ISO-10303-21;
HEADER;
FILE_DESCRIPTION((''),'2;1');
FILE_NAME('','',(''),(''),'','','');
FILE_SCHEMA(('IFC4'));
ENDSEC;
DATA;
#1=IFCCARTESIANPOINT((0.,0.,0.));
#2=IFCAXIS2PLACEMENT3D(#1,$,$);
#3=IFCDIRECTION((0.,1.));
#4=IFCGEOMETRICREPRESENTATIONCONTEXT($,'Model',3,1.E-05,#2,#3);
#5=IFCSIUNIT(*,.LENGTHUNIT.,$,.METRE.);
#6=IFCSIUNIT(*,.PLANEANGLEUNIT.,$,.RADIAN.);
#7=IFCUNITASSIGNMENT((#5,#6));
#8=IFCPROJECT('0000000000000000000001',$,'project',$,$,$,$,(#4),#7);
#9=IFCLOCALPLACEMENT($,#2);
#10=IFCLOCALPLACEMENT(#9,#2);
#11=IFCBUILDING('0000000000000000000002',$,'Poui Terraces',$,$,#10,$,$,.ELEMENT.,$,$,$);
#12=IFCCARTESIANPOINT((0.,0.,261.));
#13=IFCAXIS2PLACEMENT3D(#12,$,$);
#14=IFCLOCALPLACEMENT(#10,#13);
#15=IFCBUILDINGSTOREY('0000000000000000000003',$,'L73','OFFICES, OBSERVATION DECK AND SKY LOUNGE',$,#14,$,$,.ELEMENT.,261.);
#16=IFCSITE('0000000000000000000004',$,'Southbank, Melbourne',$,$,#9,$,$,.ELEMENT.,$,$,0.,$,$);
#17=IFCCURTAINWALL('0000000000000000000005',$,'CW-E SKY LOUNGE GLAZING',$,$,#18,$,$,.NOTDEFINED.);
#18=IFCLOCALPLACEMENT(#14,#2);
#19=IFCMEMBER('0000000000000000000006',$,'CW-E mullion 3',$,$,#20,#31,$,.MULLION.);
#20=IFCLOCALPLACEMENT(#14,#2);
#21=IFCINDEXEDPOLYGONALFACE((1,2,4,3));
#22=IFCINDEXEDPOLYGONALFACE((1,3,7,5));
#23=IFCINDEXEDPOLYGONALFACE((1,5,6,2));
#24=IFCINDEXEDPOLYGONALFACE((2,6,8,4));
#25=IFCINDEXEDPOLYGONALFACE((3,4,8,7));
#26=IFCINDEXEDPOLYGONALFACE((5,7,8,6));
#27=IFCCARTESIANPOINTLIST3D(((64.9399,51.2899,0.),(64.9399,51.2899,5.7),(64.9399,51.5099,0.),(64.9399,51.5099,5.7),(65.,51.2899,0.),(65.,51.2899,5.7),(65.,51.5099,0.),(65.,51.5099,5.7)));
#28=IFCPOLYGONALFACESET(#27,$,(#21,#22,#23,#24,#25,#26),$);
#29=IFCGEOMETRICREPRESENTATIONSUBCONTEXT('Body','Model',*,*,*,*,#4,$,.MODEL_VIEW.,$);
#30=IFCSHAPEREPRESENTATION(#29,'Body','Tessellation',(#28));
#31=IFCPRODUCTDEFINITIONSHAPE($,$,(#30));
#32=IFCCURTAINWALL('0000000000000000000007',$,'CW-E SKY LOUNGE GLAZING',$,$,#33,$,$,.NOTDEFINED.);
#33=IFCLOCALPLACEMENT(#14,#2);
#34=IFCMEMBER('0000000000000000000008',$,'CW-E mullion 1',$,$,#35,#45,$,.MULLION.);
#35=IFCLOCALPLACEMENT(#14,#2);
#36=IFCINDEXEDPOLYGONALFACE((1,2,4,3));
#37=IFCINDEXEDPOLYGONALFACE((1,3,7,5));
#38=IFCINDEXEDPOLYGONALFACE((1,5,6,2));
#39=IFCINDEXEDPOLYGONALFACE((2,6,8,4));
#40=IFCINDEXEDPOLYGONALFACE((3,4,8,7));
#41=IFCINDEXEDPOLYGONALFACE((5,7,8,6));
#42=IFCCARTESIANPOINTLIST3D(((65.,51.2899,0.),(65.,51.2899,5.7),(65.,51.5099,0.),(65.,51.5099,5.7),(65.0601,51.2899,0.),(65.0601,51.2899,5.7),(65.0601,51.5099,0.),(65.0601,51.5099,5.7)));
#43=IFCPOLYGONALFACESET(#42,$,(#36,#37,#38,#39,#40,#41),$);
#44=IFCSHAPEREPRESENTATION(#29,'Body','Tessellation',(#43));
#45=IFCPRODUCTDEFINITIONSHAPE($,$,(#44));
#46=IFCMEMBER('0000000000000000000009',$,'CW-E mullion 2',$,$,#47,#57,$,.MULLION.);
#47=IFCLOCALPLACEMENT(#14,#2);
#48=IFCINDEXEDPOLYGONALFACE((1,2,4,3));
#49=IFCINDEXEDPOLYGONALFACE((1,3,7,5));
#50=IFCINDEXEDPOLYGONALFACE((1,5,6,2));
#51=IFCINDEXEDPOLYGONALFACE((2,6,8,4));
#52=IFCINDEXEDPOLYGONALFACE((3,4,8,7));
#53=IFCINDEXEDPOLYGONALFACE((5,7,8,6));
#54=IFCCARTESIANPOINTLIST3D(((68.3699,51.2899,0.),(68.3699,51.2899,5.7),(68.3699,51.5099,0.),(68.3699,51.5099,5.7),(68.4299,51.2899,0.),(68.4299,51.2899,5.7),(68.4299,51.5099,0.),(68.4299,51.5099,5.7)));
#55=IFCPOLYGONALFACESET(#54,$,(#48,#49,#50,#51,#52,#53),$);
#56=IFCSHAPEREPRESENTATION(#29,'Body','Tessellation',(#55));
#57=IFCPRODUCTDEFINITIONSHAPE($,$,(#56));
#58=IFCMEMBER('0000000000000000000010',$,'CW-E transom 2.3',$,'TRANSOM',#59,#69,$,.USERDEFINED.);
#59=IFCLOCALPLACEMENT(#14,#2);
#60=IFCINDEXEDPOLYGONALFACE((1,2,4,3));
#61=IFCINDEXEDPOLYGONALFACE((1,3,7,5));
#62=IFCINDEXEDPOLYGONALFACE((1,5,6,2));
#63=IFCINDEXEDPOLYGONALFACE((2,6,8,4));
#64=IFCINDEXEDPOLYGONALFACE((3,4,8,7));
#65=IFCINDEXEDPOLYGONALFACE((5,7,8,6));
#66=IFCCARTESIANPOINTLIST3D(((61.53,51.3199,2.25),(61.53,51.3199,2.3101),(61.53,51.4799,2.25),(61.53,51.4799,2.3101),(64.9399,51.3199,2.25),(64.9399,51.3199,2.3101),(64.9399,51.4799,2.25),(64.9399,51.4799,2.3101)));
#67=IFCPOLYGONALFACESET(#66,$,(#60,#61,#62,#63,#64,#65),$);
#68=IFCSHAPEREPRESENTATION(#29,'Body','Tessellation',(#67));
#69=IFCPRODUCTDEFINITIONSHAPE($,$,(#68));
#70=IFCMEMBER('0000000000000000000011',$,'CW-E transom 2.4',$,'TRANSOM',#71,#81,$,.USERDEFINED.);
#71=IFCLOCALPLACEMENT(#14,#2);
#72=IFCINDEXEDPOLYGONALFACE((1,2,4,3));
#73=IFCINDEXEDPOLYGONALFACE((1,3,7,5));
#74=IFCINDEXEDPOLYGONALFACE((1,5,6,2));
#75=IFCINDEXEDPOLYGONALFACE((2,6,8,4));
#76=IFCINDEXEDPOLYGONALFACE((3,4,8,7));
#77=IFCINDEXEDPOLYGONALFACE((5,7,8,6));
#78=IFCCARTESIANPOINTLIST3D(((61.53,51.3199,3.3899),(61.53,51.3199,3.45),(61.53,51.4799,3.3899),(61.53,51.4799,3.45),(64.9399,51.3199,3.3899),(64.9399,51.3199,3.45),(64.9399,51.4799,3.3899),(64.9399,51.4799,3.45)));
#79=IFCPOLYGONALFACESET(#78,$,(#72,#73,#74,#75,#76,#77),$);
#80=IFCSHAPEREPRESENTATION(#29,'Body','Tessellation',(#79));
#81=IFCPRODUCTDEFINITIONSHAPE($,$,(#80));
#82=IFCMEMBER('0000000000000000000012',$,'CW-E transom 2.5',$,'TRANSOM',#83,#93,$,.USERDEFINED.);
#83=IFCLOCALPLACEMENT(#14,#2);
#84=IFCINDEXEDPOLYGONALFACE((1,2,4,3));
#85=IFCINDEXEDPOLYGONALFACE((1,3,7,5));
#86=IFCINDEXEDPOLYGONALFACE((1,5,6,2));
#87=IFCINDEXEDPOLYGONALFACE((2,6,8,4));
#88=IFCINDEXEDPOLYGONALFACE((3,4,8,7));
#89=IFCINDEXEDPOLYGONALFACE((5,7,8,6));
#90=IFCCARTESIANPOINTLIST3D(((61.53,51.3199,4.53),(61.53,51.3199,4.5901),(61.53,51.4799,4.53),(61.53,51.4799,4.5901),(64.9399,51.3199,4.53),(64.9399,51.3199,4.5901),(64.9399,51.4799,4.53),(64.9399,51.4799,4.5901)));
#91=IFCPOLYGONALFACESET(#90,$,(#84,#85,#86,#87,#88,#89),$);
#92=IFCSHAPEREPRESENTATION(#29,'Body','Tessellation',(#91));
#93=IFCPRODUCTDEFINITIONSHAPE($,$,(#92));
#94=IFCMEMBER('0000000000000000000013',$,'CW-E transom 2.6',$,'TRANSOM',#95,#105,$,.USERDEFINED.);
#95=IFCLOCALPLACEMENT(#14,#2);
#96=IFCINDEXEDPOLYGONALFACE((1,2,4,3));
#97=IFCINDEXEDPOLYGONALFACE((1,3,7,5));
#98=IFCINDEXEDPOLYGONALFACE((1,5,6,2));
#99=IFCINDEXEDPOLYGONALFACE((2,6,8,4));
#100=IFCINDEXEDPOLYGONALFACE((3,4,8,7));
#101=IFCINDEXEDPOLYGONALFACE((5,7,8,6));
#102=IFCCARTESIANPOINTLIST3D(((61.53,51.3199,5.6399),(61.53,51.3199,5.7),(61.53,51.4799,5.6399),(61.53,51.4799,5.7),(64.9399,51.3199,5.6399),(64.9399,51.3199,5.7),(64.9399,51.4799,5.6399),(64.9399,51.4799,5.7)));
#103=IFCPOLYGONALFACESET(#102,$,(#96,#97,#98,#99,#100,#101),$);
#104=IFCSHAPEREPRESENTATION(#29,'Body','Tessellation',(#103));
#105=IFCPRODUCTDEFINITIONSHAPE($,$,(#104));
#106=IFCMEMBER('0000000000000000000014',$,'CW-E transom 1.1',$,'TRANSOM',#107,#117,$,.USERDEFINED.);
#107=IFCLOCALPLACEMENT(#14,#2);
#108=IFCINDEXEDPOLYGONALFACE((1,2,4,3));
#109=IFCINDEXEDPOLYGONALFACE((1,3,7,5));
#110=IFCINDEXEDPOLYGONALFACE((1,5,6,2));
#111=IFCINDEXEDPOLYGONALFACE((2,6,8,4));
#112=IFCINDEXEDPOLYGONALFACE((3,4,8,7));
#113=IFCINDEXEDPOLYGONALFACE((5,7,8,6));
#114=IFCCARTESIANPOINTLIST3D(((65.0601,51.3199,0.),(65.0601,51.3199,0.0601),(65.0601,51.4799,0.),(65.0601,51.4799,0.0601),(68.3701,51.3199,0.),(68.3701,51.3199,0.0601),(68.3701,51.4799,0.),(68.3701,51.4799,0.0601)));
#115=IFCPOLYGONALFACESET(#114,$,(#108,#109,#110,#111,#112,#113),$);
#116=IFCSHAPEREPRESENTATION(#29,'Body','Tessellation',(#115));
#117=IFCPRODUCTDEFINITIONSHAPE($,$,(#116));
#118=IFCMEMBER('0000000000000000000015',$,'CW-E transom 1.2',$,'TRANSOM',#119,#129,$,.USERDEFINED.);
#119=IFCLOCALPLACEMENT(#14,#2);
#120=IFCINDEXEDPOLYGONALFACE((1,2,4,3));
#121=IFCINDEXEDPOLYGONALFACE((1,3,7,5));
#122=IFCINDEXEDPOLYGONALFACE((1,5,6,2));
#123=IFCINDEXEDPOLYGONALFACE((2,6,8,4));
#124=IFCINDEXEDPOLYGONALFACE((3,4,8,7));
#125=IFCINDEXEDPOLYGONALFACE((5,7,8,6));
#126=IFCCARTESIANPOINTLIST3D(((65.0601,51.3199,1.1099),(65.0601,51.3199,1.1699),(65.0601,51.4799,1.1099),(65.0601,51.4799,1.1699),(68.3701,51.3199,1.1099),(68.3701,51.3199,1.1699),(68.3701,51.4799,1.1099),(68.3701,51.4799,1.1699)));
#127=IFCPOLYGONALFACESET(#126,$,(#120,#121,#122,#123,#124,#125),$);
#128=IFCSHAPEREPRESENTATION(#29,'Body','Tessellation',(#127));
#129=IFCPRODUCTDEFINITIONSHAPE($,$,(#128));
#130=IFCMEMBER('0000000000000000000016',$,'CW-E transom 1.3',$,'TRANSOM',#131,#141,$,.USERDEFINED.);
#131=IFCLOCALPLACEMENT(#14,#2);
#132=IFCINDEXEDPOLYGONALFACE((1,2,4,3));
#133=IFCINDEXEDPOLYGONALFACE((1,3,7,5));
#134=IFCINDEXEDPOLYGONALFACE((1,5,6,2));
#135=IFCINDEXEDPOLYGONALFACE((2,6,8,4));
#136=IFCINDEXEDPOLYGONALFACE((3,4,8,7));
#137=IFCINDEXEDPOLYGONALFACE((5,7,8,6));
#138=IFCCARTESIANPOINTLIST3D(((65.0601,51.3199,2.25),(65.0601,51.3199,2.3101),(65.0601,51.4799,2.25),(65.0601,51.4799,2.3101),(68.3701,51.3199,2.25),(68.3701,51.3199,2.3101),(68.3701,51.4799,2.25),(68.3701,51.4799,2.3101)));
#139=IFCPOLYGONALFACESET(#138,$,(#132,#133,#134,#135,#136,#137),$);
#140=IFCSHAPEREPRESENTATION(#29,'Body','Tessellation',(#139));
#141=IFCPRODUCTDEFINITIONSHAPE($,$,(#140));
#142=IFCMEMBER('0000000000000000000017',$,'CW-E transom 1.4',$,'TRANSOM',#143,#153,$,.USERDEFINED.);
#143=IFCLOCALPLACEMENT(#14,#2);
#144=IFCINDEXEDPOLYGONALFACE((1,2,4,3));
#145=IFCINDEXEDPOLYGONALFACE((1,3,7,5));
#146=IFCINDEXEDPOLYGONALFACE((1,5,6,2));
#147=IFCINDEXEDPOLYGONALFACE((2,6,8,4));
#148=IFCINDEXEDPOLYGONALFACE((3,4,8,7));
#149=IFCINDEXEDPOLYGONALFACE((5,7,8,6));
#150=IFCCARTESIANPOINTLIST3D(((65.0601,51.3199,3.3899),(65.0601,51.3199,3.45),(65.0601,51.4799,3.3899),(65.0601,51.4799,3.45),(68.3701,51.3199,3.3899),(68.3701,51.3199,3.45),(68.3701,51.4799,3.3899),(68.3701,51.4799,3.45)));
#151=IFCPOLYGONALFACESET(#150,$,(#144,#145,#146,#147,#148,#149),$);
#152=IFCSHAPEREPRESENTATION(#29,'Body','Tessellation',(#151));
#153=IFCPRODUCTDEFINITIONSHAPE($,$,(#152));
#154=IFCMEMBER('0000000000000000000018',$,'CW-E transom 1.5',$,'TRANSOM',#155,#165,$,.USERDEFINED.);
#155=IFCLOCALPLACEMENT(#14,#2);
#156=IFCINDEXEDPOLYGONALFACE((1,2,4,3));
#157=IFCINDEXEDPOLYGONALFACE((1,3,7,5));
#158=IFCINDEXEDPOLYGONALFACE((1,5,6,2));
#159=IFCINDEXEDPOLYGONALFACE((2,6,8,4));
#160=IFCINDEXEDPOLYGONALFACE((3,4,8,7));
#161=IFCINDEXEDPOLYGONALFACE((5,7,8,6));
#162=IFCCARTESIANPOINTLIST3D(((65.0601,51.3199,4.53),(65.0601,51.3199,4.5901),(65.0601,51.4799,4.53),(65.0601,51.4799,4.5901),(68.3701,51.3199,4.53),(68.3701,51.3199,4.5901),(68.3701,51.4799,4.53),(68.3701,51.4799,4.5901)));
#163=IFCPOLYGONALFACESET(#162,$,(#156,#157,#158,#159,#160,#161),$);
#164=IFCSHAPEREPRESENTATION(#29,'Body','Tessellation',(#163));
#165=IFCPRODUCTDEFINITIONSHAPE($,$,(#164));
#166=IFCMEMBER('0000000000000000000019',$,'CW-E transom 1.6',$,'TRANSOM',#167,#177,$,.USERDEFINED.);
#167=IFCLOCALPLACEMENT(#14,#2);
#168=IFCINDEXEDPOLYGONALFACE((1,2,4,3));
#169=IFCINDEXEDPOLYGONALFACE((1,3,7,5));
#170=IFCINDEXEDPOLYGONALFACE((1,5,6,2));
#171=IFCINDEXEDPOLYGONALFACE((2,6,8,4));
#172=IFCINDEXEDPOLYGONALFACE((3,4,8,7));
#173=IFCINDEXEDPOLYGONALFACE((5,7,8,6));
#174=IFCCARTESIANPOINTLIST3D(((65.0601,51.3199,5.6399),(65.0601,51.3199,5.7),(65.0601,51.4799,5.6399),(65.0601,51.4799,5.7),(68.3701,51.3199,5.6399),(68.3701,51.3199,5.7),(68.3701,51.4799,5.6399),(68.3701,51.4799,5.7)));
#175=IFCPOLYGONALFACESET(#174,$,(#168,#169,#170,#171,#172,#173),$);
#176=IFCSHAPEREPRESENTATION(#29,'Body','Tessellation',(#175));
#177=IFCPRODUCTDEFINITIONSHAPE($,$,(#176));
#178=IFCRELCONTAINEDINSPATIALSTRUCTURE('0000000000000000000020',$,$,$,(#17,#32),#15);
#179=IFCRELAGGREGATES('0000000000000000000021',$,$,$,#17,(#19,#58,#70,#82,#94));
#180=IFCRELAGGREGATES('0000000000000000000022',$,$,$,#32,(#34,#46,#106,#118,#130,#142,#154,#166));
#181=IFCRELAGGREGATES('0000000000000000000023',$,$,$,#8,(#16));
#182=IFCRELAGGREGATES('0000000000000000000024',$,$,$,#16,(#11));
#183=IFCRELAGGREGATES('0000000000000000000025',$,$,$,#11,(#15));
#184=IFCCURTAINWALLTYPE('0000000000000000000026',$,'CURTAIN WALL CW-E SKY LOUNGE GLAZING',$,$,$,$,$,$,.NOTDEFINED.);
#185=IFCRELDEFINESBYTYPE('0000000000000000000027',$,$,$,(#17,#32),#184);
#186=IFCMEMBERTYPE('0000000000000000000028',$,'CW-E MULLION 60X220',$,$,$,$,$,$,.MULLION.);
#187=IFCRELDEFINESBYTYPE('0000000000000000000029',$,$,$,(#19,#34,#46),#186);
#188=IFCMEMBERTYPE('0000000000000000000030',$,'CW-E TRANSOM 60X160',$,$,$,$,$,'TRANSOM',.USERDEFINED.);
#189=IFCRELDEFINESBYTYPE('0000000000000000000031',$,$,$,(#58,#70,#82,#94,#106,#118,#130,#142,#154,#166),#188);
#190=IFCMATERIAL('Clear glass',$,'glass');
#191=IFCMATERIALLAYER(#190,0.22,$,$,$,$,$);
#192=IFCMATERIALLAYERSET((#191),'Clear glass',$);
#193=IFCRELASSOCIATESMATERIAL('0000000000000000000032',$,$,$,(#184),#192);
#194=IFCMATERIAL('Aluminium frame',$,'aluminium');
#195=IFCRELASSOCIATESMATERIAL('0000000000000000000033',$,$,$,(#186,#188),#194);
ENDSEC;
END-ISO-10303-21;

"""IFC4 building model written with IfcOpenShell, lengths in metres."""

from ifc_helpers import new_model, si_unit, direction, frame, origin, origin_2d, place, context, subcontext, project, spatial, rectangle, extrude, material, layer, layer_set, material_profile, profile_set, type_object, element, aggregate, save


model = new_model("IFC4")

# Units and contexts
model_context = context("Model", 3, precision=1e-05, world=origin(), true_north=direction((0.0, 1.0)))
body_context = subcontext(model_context, "Body", "Model", "MODEL_VIEW")
ifc_project = project(units=[si_unit("LENGTHUNIT", "METRE"), si_unit("PLANEANGLEUNIT", "RADIAN")], contexts=[model_context])

# Site, building, storey
site_placement = place(None, origin())
site = spatial("IfcSite", under=ifc_project, at=site_placement, Name="Southbank, Melbourne", CompositionType="ELEMENT", RefElevation=0.0)
building_placement = place(site_placement, origin())
building = spatial("IfcBuilding", under=site, at=building_placement, Name="Poui Terraces", CompositionType="ELEMENT")
storey_placement = place(building_placement, frame((0.0, 0.0, 261.0)))
storey = spatial("IfcBuildingStorey", under=building, at=storey_placement, Name="L73", Description="OFFICES, OBSERVATION DECK AND SKY LOUNGE", CompositionType="ELEMENT", Elevation=261.0)

# Curtain wall, member
ifc_material_1 = material(Name="Clear glass", Category="glass")
ifc_layer_1 = layer(ifc_material_1, 0.22)
ifc_layer_set_1 = layer_set([ifc_layer_1], Name="Clear glass")
curtain_wall_type = type_object("IfcCurtainWallType", Name="CURTAIN WALL CW-E SKY LOUNGE GLAZING", PredefinedType="NOTDEFINED", material=ifc_layer_set_1)
curtain_wall_1_placement = place(storey_placement, origin())
curtain_wall_1 = element("IfcCurtainWall", 1, at=curtain_wall_1_placement, inside=storey, type_object=curtain_wall_type, Name="CW-E SKY LOUNGE GLAZING", PredefinedType="NOTDEFINED")
ifc_material_2 = material(Name="Aluminium frame", Category="aluminium")
ifc_material_profile_1 = material_profile(ifc_material_2, rectangle(XDim=0.22, YDim=0.0601, at=origin_2d()), Name="CW-E MULLION 60X220")
ifc_profile_set_1 = profile_set([ifc_material_profile_1], Name="Aluminium frame")
member_type_1 = type_object("IfcMemberType", Name="CW-E MULLION 60X220", PredefinedType="MULLION", material=ifc_profile_set_1)
member_1_placement = place(storey_placement, frame((64.97, 51.3999, 0.0), z_axis=(0.0, 0.0, 1.0), x_axis=(0.0, 1.0, 0.0)))
member_1 = element("IfcMember", 2, at=member_1_placement, type_object=member_type_1, Name="CW-E mullion 3", PredefinedType="MULLION", context=body_context, shape_type="SweptSolid", body=[
    extrude(rectangle(XDim=0.22, YDim=0.0601, at=origin_2d()), origin(), (0.0, 0.0, 1.0), 5.7),
])

# Curtain wall, members
curtain_wall_2_placement = place(storey_placement, origin())
curtain_wall_2 = element("IfcCurtainWall", 3, at=curtain_wall_2_placement, inside=storey, type_object=curtain_wall_type, Name="CW-E SKY LOUNGE GLAZING", PredefinedType="NOTDEFINED")
member_2_placement = place(storey_placement, frame((65.03, 51.3999, 0.0), z_axis=(0.0, 0.0, 1.0), x_axis=(0.0, 1.0, 0.0)))
member_2 = element("IfcMember", 4, at=member_2_placement, type_object=member_type_1, Name="CW-E mullion 1", PredefinedType="MULLION", context=body_context, shape_type="SweptSolid", body=[
    extrude(rectangle(XDim=0.22, YDim=0.0601, at=origin_2d()), origin(), (0.0, 0.0, 1.0), 5.7),
])
member_3_placement = place(storey_placement, frame((68.3999, 51.3999, 0.0), z_axis=(0.0, 0.0, 1.0), x_axis=(0.0, 1.0, 0.0)))
member_3 = element("IfcMember", 5, at=member_3_placement, type_object=member_type_1, Name="CW-E mullion 2", PredefinedType="MULLION", context=body_context, shape_type="SweptSolid", body=[
    extrude(rectangle(XDim=0.22, YDim=0.0601, at=origin_2d()), origin(), (0.0, 0.0, 1.0), 5.7),
])

# Members
ifc_material_profile_2 = material_profile(ifc_material_2, rectangle(XDim=0.1599, YDim=0.0601, at=origin_2d()), Name="CW-E TRANSOM 60X160")
ifc_profile_set_2 = profile_set([ifc_material_profile_2], Name="Aluminium frame")
member_type_2 = type_object("IfcMemberType", Name="CW-E TRANSOM 60X160", ElementType="TRANSOM", PredefinedType="USERDEFINED", material=ifc_profile_set_2)
member_4_placement = place(storey_placement, frame((61.53, 51.3999, 2.28), z_axis=(1.0, 0.0, 0.0), x_axis=(0.0, 1.0, 0.0)))
member_4 = element("IfcMember", 6, at=member_4_placement, type_object=member_type_2, Name="CW-E transom 2.3", ObjectType="TRANSOM", PredefinedType="USERDEFINED", context=body_context, shape_type="SweptSolid", body=[
    extrude(rectangle(XDim=0.1599, YDim=0.0601, at=origin_2d()), origin(), (0.0, 0.0, 1.0), 3.4099),
])
member_5_placement = place(storey_placement, frame((61.53, 51.3999, 3.4199), z_axis=(1.0, 0.0, 0.0), x_axis=(0.0, 1.0, 0.0)))
member_5 = element("IfcMember", 7, at=member_5_placement, type_object=member_type_2, Name="CW-E transom 2.4", ObjectType="TRANSOM", PredefinedType="USERDEFINED", context=body_context, shape_type="SweptSolid", body=[
    extrude(rectangle(XDim=0.1599, YDim=0.0601, at=origin_2d()), origin(), (0.0, 0.0, 1.0), 3.4099),
])
member_6_placement = place(storey_placement, frame((61.53, 51.3999, 4.5601), z_axis=(1.0, 0.0, 0.0), x_axis=(0.0, 1.0, 0.0)))
member_6 = element("IfcMember", 8, at=member_6_placement, type_object=member_type_2, Name="CW-E transom 2.5", ObjectType="TRANSOM", PredefinedType="USERDEFINED", context=body_context, shape_type="SweptSolid", body=[
    extrude(rectangle(XDim=0.1599, YDim=0.0601, at=origin_2d()), origin(), (0.0, 0.0, 1.0), 3.4099),
])
member_7_placement = place(storey_placement, frame((61.53, 51.3999, 5.6699), z_axis=(1.0, 0.0, 0.0), x_axis=(0.0, 1.0, 0.0)))
member_7 = element("IfcMember", 9, at=member_7_placement, type_object=member_type_2, Name="CW-E transom 2.6", ObjectType="TRANSOM", PredefinedType="USERDEFINED", context=body_context, shape_type="SweptSolid", body=[
    extrude(rectangle(XDim=0.1599, YDim=0.0601, at=origin_2d()), origin(), (0.0, 0.0, 1.0), 3.4099),
])
member_8_placement = place(storey_placement, frame((65.0601, 51.3999, 0.03), z_axis=(1.0, 0.0, 0.0), x_axis=(0.0, 1.0, 0.0)))
member_8 = element("IfcMember", 10, at=member_8_placement, type_object=member_type_2, Name="CW-E transom 1.1", ObjectType="TRANSOM", PredefinedType="USERDEFINED", context=body_context, shape_type="SweptSolid", body=[
    extrude(rectangle(XDim=0.1599, YDim=0.0601, at=origin_2d()), origin(), (0.0, 0.0, 1.0), 3.3101),
])
member_9_placement = place(storey_placement, frame((65.0601, 51.3999, 1.1399), z_axis=(1.0, 0.0, 0.0), x_axis=(0.0, 1.0, 0.0)))
member_9 = element("IfcMember", 11, at=member_9_placement, type_object=member_type_2, Name="CW-E transom 1.2", ObjectType="TRANSOM", PredefinedType="USERDEFINED", context=body_context, shape_type="SweptSolid", body=[
    extrude(rectangle(XDim=0.1599, YDim=0.0601, at=origin_2d()), origin(), (0.0, 0.0, 1.0), 3.3101),
])
member_10_placement = place(storey_placement, frame((65.0601, 51.3999, 2.28), z_axis=(1.0, 0.0, 0.0), x_axis=(0.0, 1.0, 0.0)))
member_10 = element("IfcMember", 12, at=member_10_placement, type_object=member_type_2, Name="CW-E transom 1.3", ObjectType="TRANSOM", PredefinedType="USERDEFINED", context=body_context, shape_type="SweptSolid", body=[
    extrude(rectangle(XDim=0.1599, YDim=0.0601, at=origin_2d()), origin(), (0.0, 0.0, 1.0), 3.3101),
])
member_11_placement = place(storey_placement, frame((65.0601, 51.3999, 3.4199), z_axis=(1.0, 0.0, 0.0), x_axis=(0.0, 1.0, 0.0)))
member_11 = element("IfcMember", 13, at=member_11_placement, type_object=member_type_2, Name="CW-E transom 1.4", ObjectType="TRANSOM", PredefinedType="USERDEFINED", context=body_context, shape_type="SweptSolid", body=[
    extrude(rectangle(XDim=0.1599, YDim=0.0601, at=origin_2d()), origin(), (0.0, 0.0, 1.0), 3.3101),
])
member_12_placement = place(storey_placement, frame((65.0601, 51.3999, 4.5601), z_axis=(1.0, 0.0, 0.0), x_axis=(0.0, 1.0, 0.0)))
member_12 = element("IfcMember", 14, at=member_12_placement, type_object=member_type_2, Name="CW-E transom 1.5", ObjectType="TRANSOM", PredefinedType="USERDEFINED", context=body_context, shape_type="SweptSolid", body=[
    extrude(rectangle(XDim=0.1599, YDim=0.0601, at=origin_2d()), origin(), (0.0, 0.0, 1.0), 3.3101),
])
member_13_placement = place(storey_placement, frame((65.0601, 51.3999, 5.6699), z_axis=(1.0, 0.0, 0.0), x_axis=(0.0, 1.0, 0.0)))
member_13 = element("IfcMember", 15, at=member_13_placement, type_object=member_type_2, Name="CW-E transom 1.6", ObjectType="TRANSOM", PredefinedType="USERDEFINED", context=body_context, shape_type="SweptSolid", body=[
    extrude(rectangle(XDim=0.1599, YDim=0.0601, at=origin_2d()), origin(), (0.0, 0.0, 1.0), 3.3101),
])

aggregate(curtain_wall_1, [member_1, member_4, member_5, member_6, member_7])
aggregate(curtain_wall_2, [member_2, member_3, member_8, member_9, member_10, member_11, member_12, member_13])

save(model, "model.ifc")
